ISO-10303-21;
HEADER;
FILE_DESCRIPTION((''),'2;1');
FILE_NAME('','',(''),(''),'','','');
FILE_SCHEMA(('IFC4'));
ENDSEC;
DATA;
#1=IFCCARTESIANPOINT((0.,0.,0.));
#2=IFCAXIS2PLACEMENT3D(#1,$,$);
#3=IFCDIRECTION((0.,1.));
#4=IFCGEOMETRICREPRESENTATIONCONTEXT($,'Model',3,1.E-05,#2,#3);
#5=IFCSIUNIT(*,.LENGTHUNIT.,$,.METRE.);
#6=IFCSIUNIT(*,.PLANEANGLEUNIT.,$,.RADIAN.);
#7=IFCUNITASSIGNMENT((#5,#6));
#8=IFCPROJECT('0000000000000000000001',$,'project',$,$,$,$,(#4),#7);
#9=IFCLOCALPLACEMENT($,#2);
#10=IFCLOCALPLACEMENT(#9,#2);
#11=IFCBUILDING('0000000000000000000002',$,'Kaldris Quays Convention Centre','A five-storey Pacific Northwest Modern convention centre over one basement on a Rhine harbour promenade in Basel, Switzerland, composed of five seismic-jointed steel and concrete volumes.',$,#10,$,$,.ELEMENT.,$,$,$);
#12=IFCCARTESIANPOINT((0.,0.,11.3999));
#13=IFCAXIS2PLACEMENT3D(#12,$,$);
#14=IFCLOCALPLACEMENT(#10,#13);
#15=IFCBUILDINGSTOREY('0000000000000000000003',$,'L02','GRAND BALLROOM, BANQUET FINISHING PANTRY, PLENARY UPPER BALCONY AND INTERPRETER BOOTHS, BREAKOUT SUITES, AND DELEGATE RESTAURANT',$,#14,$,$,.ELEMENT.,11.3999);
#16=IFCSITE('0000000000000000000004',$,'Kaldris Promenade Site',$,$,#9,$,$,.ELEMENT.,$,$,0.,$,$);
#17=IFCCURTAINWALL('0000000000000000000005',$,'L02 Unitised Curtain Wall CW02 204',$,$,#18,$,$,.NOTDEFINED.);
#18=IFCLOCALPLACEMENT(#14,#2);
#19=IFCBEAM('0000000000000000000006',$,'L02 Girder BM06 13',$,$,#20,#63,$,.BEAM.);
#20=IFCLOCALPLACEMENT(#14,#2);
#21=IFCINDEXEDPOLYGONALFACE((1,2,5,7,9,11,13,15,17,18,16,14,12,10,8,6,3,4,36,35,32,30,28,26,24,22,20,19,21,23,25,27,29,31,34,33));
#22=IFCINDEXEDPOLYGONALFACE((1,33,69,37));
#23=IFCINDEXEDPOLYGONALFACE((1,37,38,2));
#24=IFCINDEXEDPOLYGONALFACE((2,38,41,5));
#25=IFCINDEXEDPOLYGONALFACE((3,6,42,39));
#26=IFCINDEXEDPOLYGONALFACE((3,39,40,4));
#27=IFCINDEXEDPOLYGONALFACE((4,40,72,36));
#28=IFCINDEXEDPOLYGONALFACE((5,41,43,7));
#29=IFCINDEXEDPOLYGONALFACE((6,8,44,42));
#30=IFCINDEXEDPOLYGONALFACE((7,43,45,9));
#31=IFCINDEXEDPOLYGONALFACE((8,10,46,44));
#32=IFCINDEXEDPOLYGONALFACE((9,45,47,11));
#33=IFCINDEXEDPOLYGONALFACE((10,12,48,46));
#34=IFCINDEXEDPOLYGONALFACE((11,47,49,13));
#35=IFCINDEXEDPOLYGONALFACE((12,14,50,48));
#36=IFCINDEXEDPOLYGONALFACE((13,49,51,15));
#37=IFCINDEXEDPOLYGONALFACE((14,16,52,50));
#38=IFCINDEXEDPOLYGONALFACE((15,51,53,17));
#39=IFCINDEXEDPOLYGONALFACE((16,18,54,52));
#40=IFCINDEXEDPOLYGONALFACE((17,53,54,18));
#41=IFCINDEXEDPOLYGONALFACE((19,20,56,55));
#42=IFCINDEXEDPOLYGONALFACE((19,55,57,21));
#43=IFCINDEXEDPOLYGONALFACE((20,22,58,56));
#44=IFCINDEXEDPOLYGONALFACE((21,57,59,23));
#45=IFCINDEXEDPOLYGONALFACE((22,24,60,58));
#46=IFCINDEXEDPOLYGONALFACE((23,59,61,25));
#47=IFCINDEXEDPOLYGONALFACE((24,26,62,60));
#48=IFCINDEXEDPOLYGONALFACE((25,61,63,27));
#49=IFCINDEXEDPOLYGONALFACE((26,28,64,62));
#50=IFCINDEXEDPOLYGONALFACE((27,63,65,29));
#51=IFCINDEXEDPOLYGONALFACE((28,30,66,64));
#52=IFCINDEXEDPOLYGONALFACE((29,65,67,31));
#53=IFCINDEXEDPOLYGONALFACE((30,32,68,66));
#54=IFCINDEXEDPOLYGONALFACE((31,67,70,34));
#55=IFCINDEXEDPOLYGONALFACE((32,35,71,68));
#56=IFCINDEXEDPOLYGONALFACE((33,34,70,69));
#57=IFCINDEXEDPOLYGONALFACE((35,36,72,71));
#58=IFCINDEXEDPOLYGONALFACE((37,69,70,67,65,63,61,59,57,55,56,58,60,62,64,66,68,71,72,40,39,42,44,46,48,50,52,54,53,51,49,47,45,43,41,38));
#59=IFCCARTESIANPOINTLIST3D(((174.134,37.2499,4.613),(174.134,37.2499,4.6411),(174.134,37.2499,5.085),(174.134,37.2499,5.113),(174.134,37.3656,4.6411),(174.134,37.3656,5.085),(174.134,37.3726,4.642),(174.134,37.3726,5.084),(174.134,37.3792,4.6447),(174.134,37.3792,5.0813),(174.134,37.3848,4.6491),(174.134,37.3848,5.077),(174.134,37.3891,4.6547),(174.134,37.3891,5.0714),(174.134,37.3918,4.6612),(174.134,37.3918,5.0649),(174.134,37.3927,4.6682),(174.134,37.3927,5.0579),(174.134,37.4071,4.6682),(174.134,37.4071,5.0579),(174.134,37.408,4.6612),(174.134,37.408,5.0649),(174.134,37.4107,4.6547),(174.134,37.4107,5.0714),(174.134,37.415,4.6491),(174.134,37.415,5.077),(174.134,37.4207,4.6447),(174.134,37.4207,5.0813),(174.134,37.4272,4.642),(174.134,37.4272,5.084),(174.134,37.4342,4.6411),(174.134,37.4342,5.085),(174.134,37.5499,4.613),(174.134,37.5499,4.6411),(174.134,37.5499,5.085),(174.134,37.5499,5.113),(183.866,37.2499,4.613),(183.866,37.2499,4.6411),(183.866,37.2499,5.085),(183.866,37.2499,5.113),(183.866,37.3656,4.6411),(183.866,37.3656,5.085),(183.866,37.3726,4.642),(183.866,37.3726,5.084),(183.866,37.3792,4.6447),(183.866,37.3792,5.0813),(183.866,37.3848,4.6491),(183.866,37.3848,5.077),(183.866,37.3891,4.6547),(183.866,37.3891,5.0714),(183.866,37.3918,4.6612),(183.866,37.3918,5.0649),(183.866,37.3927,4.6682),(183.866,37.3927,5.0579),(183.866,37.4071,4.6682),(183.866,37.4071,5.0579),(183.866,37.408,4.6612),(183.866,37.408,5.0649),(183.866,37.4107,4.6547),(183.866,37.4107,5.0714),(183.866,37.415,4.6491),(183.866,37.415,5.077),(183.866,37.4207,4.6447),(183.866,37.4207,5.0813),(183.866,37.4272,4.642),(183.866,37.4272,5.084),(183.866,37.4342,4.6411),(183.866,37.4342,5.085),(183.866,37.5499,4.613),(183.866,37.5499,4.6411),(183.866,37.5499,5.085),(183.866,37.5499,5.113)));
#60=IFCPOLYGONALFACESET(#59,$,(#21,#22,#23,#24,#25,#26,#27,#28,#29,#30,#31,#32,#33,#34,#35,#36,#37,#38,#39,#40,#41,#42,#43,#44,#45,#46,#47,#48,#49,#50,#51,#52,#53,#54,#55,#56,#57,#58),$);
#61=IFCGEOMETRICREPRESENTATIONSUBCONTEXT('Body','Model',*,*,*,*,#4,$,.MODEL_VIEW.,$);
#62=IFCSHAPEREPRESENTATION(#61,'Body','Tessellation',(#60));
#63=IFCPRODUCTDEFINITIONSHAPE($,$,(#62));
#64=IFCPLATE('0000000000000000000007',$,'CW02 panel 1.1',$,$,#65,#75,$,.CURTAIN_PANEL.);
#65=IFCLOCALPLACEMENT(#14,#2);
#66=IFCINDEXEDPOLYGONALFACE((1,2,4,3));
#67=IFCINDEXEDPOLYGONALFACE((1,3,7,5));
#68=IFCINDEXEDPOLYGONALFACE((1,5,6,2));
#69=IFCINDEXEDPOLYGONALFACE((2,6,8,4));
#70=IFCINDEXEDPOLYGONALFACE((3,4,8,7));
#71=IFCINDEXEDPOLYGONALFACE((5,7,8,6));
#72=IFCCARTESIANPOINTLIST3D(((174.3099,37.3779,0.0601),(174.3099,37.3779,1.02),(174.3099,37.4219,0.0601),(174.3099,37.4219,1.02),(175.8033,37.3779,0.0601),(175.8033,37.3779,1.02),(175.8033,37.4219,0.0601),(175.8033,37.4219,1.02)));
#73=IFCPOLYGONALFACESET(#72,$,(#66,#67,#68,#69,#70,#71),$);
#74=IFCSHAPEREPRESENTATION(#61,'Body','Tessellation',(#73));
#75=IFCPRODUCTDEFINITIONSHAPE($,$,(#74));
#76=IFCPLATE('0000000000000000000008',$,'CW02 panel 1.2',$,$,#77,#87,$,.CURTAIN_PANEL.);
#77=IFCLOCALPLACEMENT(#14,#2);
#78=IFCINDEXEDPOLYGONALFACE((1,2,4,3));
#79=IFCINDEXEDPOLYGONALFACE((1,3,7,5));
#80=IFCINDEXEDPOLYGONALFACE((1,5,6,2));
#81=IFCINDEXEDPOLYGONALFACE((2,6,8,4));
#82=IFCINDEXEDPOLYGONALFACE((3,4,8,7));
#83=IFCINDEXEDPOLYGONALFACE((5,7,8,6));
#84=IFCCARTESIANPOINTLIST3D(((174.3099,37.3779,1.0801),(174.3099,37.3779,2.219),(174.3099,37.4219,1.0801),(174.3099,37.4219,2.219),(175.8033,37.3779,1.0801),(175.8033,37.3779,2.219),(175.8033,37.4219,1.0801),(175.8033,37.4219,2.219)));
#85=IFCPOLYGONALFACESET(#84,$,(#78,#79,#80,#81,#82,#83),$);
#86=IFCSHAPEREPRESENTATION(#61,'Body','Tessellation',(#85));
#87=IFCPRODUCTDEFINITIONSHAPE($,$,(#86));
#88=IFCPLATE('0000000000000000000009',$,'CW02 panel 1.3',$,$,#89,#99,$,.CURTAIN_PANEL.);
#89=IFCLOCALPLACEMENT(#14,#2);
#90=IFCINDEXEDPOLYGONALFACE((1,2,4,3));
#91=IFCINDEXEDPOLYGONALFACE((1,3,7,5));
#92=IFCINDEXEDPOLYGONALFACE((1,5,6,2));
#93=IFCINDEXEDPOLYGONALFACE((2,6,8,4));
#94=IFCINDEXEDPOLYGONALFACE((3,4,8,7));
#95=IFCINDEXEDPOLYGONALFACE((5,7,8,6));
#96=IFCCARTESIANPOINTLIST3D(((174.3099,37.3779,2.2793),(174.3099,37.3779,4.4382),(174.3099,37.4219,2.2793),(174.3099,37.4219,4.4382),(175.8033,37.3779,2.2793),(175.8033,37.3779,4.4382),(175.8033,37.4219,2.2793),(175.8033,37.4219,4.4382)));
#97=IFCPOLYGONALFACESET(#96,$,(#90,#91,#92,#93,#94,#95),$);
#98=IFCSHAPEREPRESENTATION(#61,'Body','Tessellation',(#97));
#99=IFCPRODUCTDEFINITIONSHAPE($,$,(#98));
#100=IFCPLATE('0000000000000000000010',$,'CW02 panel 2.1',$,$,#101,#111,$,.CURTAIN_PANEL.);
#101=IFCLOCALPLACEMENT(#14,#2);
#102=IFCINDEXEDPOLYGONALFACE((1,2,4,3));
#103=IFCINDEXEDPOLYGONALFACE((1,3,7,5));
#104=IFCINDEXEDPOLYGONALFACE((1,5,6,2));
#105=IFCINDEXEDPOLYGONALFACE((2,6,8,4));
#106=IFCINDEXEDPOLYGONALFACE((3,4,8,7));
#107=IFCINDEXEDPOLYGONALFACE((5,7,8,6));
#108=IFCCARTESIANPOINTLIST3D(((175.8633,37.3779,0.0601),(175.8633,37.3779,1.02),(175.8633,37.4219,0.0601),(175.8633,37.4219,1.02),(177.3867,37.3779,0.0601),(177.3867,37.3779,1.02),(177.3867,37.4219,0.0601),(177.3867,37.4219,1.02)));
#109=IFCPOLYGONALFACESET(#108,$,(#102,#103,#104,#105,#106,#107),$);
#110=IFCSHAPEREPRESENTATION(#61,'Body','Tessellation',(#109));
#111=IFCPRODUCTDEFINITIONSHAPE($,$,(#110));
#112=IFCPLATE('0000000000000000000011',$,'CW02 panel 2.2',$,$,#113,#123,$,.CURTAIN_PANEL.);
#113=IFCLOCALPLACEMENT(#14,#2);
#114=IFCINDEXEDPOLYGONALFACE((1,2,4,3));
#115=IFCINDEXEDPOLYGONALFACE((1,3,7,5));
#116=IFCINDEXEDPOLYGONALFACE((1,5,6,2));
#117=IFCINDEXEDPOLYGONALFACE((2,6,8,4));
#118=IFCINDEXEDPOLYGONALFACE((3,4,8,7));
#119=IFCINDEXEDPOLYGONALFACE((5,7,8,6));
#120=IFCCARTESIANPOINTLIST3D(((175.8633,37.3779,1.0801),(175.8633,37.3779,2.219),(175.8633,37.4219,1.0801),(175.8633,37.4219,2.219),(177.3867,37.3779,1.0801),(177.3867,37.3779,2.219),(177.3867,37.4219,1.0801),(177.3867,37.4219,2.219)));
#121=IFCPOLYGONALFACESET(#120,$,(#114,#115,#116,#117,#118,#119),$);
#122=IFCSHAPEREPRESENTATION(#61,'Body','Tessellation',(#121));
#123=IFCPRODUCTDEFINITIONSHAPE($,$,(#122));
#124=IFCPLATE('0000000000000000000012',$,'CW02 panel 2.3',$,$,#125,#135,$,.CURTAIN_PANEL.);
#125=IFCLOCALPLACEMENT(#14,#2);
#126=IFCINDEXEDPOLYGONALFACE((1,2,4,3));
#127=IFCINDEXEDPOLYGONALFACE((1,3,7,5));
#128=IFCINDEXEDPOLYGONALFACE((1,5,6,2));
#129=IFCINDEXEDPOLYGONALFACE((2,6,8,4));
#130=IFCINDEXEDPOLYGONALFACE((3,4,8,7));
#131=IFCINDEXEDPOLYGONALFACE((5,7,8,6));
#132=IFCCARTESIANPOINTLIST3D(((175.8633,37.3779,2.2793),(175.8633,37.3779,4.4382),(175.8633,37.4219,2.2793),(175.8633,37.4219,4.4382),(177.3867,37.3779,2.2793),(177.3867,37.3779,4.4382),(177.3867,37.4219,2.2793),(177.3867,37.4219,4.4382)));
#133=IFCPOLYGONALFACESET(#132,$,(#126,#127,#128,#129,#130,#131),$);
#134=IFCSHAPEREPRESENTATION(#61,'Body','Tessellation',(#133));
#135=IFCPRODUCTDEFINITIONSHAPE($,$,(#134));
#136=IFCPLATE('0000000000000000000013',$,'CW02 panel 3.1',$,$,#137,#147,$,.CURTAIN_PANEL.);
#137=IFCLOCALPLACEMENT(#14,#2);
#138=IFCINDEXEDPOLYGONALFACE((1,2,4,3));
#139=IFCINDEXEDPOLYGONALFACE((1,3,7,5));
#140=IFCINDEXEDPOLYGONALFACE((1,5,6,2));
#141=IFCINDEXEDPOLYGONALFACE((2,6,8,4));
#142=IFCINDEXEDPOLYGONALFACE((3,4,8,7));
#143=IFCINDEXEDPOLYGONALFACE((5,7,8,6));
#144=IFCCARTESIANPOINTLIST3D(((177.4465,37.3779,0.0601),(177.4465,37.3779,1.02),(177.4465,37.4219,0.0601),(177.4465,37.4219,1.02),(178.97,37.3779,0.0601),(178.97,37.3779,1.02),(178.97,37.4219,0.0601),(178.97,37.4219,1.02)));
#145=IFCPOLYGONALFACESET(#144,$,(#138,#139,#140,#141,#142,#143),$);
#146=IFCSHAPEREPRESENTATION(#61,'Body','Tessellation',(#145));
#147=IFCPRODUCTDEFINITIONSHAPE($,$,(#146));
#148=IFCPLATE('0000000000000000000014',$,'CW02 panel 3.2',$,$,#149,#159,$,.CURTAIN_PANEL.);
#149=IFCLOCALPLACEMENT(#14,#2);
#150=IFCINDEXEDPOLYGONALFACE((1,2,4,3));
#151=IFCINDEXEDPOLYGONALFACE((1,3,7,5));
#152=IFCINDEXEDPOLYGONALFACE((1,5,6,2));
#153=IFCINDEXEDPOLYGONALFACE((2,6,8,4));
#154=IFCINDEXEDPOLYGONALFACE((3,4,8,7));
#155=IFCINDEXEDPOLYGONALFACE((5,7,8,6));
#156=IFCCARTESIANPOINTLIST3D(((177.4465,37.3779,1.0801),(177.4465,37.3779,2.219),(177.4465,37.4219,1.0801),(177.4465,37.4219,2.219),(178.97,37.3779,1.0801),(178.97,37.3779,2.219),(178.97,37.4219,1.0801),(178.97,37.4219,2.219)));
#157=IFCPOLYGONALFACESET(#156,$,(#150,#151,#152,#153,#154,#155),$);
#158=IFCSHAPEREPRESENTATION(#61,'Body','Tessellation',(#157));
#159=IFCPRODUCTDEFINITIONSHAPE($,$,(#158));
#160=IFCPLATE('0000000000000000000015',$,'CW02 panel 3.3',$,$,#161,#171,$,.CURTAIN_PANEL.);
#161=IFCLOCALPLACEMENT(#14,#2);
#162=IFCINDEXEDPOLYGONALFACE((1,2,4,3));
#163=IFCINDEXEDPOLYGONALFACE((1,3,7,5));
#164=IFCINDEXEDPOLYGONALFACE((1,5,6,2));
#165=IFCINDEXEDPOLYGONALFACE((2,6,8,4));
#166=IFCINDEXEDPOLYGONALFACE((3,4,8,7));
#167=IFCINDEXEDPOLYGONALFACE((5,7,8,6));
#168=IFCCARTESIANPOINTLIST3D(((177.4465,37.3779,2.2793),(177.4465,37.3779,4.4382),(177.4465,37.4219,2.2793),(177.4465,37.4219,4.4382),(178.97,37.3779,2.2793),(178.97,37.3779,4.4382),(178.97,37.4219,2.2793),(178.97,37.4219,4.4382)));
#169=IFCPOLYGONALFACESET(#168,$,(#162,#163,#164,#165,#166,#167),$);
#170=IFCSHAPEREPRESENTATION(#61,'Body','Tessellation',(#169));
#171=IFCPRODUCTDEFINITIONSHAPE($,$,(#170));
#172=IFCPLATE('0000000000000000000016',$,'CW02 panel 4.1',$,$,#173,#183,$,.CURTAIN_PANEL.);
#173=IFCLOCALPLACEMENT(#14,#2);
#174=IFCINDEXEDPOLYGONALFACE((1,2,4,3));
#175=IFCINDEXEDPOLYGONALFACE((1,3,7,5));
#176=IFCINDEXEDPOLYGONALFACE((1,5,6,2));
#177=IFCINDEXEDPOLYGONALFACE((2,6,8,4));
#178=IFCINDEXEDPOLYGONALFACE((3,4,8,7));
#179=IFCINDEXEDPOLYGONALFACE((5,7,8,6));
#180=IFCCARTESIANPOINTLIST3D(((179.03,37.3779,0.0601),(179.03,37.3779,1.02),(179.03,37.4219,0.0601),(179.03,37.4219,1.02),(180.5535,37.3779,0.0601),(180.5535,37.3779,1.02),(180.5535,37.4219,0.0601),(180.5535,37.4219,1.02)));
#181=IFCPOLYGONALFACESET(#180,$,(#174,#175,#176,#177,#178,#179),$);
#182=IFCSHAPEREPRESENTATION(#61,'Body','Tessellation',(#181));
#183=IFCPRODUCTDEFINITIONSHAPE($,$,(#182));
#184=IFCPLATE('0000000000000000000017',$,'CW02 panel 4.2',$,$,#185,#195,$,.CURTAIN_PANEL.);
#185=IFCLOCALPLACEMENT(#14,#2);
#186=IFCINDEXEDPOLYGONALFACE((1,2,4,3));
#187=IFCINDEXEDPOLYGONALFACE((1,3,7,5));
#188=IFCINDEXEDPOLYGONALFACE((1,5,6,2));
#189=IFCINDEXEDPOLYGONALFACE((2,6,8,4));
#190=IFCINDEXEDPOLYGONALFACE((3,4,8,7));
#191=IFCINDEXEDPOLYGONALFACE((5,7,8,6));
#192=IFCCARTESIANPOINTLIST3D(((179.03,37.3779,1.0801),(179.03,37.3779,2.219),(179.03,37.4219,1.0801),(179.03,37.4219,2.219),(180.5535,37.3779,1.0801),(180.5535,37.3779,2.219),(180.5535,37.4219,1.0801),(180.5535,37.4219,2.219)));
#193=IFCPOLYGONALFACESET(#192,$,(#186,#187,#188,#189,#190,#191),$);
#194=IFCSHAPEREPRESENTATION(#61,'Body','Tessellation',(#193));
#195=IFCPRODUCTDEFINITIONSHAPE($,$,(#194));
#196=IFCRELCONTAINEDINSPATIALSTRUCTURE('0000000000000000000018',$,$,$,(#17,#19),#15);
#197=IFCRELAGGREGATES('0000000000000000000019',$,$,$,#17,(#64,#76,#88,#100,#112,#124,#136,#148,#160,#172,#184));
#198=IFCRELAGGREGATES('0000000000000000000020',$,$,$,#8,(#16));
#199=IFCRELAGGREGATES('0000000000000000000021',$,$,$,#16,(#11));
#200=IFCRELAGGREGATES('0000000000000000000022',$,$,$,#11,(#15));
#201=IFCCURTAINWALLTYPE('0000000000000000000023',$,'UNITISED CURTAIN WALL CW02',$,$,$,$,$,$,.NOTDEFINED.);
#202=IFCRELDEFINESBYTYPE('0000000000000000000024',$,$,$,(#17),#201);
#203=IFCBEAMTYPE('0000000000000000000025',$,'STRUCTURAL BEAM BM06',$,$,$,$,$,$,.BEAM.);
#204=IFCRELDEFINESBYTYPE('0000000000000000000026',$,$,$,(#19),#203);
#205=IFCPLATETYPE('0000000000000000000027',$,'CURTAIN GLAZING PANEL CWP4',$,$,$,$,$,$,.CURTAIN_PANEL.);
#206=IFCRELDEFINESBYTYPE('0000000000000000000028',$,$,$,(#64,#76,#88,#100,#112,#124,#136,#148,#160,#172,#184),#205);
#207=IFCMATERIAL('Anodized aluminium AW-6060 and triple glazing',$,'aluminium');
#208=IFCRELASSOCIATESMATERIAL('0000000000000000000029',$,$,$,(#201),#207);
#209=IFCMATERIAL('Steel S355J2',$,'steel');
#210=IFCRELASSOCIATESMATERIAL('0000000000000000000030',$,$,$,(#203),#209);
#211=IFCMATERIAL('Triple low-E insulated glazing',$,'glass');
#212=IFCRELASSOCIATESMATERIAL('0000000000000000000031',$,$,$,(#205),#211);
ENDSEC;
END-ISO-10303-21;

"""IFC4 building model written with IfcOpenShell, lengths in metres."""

from ifc_helpers import new_model, si_unit, direction, frame, origin, origin_2d, place, context, subcontext, project, spatial, rectangle, i_section, extrude, material, material_profile, profile_set, type_object, element, aggregate, save


model = new_model("IFC4")

# Units and contexts
model_context = context("Model", 3, precision=1e-05, world=origin(), true_north=direction((0.0, 1.0)))
body_context = subcontext(model_context, "Body", "Model", "MODEL_VIEW")
ifc_project = project(units=[si_unit("LENGTHUNIT", "METRE"), si_unit("PLANEANGLEUNIT", "RADIAN")], contexts=[model_context])

# Site, building, storey
site_placement = place(None, origin())
site = spatial("IfcSite", under=ifc_project, at=site_placement, Name="Kaldris Promenade Site", CompositionType="ELEMENT", RefElevation=0.0)
building_placement = place(site_placement, origin())
building = spatial("IfcBuilding", under=site, at=building_placement, Name="Kaldris Quays Convention Centre", Description="A five-storey Pacific Northwest Modern convention centre over one basement on a Rhine harbour promenade in Basel, Switzerland, composed of five seismic-jointed steel and concrete volumes.", CompositionType="ELEMENT")
storey_placement = place(building_placement, frame((0.0, 0.0, 11.3999)))
storey = spatial("IfcBuildingStorey", under=building, at=storey_placement, Name="L02", Description="GRAND BALLROOM, BANQUET FINISHING PANTRY, PLENARY UPPER BALCONY AND INTERPRETER BOOTHS, BREAKOUT SUITES, AND DELEGATE RESTAURANT", CompositionType="ELEMENT", Elevation=11.3999)

# Curtain wall
ifc_material_1 = material(Name="Anodized aluminium AW-6060 and triple glazing", Category="aluminium")
curtain_wall_type = type_object("IfcCurtainWallType", Name="UNITISED CURTAIN WALL CW02", PredefinedType="NOTDEFINED", material=ifc_material_1)
curtain_wall_placement = place(storey_placement, origin())
curtain_wall = element("IfcCurtainWall", 1, at=curtain_wall_placement, inside=storey, type_object=curtain_wall_type, Name="L02 Unitised Curtain Wall CW02 204", PredefinedType="NOTDEFINED")

# Beam
ifc_material_2 = material(Name="Steel S355J2", Category="steel")
ifc_material_profile_1 = material_profile(ifc_material_2, i_section(OverallWidth=0.3, OverallDepth=0.5, WebThickness=0.0144, FlangeThickness=0.0281, FilletRadius=0.0271, at=origin_2d()), Name="HEB 500")
ifc_profile_set_1 = profile_set([ifc_material_profile_1], Name="Steel S355J2")
beam_type = type_object("IfcBeamType", Name="STRUCTURAL BEAM BM06", PredefinedType="BEAM", material=ifc_profile_set_1)
beam_placement = place(storey_placement, frame((174.134, 37.3999, 4.863), z_axis=(1.0, 0.0, 0.0), x_axis=(0.0, 1.0, 0.0)))
element("IfcBeam", 2, at=beam_placement, inside=storey, type_object=beam_type, Name="L02 Girder BM06 13", PredefinedType="BEAM", context=body_context, shape_type="SweptSolid", body=[
    extrude(i_section(OverallWidth=0.3, OverallDepth=0.5, WebThickness=0.0144, FlangeThickness=0.0281, FilletRadius=0.0271, at=origin_2d()), origin(), (0.0, 0.0, 1.0), 9.7319),
])

# Plates
ifc_material_3 = material(Name="Triple low-E insulated glazing", Category="glass")
plate_type = type_object("IfcPlateType", Name="CURTAIN GLAZING PANEL CWP4", PredefinedType="CURTAIN_PANEL", material=ifc_material_3)
plate_1_placement = place(storey_placement, frame((175.0566, 37.3999, 0.0601), z_axis=(0.0, 0.0, 1.0), x_axis=(1.0, 0.0, 0.0)))
plate_1 = element("IfcPlate", 3, at=plate_1_placement, type_object=plate_type, Name="CW02 panel 1.1", PredefinedType="CURTAIN_PANEL", context=body_context, shape_type="SweptSolid", body=[
    extrude(rectangle(XDim=1.4934, YDim=0.0439, at=origin_2d()), origin(), (0.0, 0.0, 1.0), 0.96),
])
plate_2_placement = place(storey_placement, frame((175.0566, 37.3999, 1.0801), z_axis=(0.0, 0.0, 1.0), x_axis=(1.0, 0.0, 0.0)))
plate_2 = element("IfcPlate", 4, at=plate_2_placement, type_object=plate_type, Name="CW02 panel 1.2", PredefinedType="CURTAIN_PANEL", context=body_context, shape_type="SweptSolid", body=[
    extrude(rectangle(XDim=1.4934, YDim=0.0439, at=origin_2d()), origin(), (0.0, 0.0, 1.0), 1.1389),
])
plate_3_placement = place(storey_placement, frame((175.0566, 37.3999, 2.2793), z_axis=(0.0, 0.0, 1.0), x_axis=(1.0, 0.0, 0.0)))
plate_3 = element("IfcPlate", 5, at=plate_3_placement, type_object=plate_type, Name="CW02 panel 1.3", PredefinedType="CURTAIN_PANEL", context=body_context, shape_type="SweptSolid", body=[
    extrude(rectangle(XDim=1.4934, YDim=0.0439, at=origin_2d()), origin(), (0.0, 0.0, 1.0), 2.1589),
])
plate_4_placement = place(storey_placement, frame((176.625, 37.3999, 0.0601), z_axis=(0.0, 0.0, 1.0), x_axis=(1.0, 0.0, 0.0)))
plate_4 = element("IfcPlate", 6, at=plate_4_placement, type_object=plate_type, Name="CW02 panel 2.1", PredefinedType="CURTAIN_PANEL", context=body_context, shape_type="SweptSolid", body=[
    extrude(rectangle(XDim=1.5234, YDim=0.0439, at=origin_2d()), origin(), (0.0, 0.0, 1.0), 0.96),
])
plate_5_placement = place(storey_placement, frame((176.625, 37.3999, 1.0801), z_axis=(0.0, 0.0, 1.0), x_axis=(1.0, 0.0, 0.0)))
plate_5 = element("IfcPlate", 7, at=plate_5_placement, type_object=plate_type, Name="CW02 panel 2.2", PredefinedType="CURTAIN_PANEL", context=body_context, shape_type="SweptSolid", body=[
    extrude(rectangle(XDim=1.5234, YDim=0.0439, at=origin_2d()), origin(), (0.0, 0.0, 1.0), 1.1389),
])
plate_6_placement = place(storey_placement, frame((176.625, 37.3999, 2.2793), z_axis=(0.0, 0.0, 1.0), x_axis=(1.0, 0.0, 0.0)))
plate_6 = element("IfcPlate", 8, at=plate_6_placement, type_object=plate_type, Name="CW02 panel 2.3", PredefinedType="CURTAIN_PANEL", context=body_context, shape_type="SweptSolid", body=[
    extrude(rectangle(XDim=1.5234, YDim=0.0439, at=origin_2d()), origin(), (0.0, 0.0, 1.0), 2.1589),
])
plate_7_placement = place(storey_placement, frame((178.2083, 37.3999, 0.0601), z_axis=(0.0, 0.0, 1.0), x_axis=(1.0, 0.0, 0.0)))
plate_7 = element("IfcPlate", 9, at=plate_7_placement, type_object=plate_type, Name="CW02 panel 3.1", PredefinedType="CURTAIN_PANEL", context=body_context, shape_type="SweptSolid", body=[
    extrude(rectangle(XDim=1.5234, YDim=0.0439, at=origin_2d()), origin(), (0.0, 0.0, 1.0), 0.96),
])
plate_8_placement = place(storey_placement, frame((178.2083, 37.3999, 1.0801), z_axis=(0.0, 0.0, 1.0), x_axis=(1.0, 0.0, 0.0)))
plate_8 = element("IfcPlate", 10, at=plate_8_placement, type_object=plate_type, Name="CW02 panel 3.2", PredefinedType="CURTAIN_PANEL", context=body_context, shape_type="SweptSolid", body=[
    extrude(rectangle(XDim=1.5234, YDim=0.0439, at=origin_2d()), origin(), (0.0, 0.0, 1.0), 1.1389),
])
plate_9_placement = place(storey_placement, frame((178.2083, 37.3999, 2.2793), z_axis=(0.0, 0.0, 1.0), x_axis=(1.0, 0.0, 0.0)))
plate_9 = element("IfcPlate", 11, at=plate_9_placement, type_object=plate_type, Name="CW02 panel 3.3", PredefinedType="CURTAIN_PANEL", context=body_context, shape_type="SweptSolid", body=[
    extrude(rectangle(XDim=1.5234, YDim=0.0439, at=origin_2d()), origin(), (0.0, 0.0, 1.0), 2.1589),
])
plate_10_placement = place(storey_placement, frame((179.7917, 37.3999, 0.0601), z_axis=(0.0, 0.0, 1.0), x_axis=(1.0, 0.0, 0.0)))
plate_10 = element("IfcPlate", 12, at=plate_10_placement, type_object=plate_type, Name="CW02 panel 4.1", PredefinedType="CURTAIN_PANEL", context=body_context, shape_type="SweptSolid", body=[
    extrude(rectangle(XDim=1.5234, YDim=0.0439, at=origin_2d()), origin(), (0.0, 0.0, 1.0), 0.96),
])
plate_11_placement = place(storey_placement, frame((179.7917, 37.3999, 1.0801), z_axis=(0.0, 0.0, 1.0), x_axis=(1.0, 0.0, 0.0)))
plate_11 = element("IfcPlate", 13, at=plate_11_placement, type_object=plate_type, Name="CW02 panel 4.2", PredefinedType="CURTAIN_PANEL", context=body_context, shape_type="SweptSolid", body=[
    extrude(rectangle(XDim=1.5234, YDim=0.0439, at=origin_2d()), origin(), (0.0, 0.0, 1.0), 1.1389),
])
aggregate(curtain_wall, [plate_1, plate_2, plate_3, plate_4, plate_5, plate_6, plate_7, plate_8, plate_9, plate_10, plate_11])

save(model, "model.ifc")
